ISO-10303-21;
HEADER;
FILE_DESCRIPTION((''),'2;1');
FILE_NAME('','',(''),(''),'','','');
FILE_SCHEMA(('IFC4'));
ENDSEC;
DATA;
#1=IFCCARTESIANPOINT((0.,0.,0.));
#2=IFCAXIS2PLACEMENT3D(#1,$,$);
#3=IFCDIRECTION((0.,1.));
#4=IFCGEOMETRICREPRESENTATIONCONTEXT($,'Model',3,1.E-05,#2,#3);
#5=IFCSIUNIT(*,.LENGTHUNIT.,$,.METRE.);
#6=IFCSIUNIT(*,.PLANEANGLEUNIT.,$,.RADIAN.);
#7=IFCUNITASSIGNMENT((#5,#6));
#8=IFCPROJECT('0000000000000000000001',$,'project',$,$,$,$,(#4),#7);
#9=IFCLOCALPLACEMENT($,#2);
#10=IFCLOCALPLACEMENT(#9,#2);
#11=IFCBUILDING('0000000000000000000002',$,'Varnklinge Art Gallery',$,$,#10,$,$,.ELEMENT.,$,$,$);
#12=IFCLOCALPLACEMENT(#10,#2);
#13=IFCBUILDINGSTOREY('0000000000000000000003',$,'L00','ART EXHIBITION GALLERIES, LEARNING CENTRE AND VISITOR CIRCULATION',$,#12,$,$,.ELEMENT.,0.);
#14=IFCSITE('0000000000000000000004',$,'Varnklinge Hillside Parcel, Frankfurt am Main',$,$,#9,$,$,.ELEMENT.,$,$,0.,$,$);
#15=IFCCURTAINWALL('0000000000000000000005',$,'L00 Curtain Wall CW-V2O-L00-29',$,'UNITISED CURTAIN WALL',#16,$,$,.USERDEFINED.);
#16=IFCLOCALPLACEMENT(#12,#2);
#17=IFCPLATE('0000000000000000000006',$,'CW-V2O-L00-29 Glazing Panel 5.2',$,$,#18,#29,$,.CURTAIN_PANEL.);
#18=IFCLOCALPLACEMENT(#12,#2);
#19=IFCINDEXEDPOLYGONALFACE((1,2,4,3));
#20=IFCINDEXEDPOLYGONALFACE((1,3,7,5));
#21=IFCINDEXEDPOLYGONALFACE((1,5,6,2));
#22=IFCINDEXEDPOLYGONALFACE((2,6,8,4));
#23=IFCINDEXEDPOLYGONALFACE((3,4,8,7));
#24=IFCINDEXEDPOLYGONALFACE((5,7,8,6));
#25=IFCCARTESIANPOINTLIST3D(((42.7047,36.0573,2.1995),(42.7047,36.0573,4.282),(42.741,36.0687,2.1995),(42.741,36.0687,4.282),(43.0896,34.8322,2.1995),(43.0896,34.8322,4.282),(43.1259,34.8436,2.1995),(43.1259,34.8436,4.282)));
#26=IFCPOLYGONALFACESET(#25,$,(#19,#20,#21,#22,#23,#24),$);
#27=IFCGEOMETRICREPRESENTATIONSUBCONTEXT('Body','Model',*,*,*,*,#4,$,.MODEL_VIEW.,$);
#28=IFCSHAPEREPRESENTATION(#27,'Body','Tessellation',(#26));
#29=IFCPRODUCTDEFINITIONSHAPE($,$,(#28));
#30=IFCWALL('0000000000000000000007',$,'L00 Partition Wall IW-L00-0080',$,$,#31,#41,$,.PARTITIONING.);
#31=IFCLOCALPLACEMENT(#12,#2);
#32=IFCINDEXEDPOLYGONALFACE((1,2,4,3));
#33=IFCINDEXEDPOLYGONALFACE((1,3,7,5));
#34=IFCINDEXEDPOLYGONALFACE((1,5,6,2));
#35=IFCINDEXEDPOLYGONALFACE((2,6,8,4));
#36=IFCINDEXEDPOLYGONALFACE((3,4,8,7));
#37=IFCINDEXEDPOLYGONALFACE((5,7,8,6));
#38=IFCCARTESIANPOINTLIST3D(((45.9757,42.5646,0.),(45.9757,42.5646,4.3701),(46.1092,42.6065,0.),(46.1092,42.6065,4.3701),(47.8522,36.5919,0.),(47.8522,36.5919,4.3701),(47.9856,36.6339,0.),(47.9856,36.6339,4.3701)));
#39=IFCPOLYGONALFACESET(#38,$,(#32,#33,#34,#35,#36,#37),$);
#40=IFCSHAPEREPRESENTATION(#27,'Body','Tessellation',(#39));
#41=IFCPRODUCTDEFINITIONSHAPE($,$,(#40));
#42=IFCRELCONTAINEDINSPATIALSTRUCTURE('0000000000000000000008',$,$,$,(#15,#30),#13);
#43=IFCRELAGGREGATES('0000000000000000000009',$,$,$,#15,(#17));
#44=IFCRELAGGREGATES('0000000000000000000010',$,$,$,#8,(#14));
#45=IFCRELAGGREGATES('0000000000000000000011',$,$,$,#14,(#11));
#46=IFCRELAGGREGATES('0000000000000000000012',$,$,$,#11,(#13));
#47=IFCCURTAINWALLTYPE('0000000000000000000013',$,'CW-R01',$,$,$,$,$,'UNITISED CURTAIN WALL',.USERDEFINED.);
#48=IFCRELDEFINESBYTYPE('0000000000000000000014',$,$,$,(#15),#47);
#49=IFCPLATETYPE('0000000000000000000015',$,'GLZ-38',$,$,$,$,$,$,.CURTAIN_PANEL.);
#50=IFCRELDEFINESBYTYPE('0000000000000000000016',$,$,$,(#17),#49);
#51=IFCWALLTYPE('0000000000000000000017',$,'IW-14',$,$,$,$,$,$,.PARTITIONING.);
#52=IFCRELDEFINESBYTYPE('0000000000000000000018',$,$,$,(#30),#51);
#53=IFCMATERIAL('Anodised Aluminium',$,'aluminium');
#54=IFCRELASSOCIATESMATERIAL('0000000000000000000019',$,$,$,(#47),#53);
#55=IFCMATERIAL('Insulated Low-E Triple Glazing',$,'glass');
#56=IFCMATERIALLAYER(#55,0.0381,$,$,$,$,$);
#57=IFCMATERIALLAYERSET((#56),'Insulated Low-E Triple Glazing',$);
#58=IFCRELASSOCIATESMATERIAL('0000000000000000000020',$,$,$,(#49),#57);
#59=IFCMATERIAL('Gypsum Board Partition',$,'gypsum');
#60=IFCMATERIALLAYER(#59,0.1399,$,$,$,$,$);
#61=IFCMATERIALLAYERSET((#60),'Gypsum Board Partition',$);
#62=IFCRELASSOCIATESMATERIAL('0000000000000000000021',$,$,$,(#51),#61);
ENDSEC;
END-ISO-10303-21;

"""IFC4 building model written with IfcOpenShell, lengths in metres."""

from ifc_helpers import new_model, si_unit, direction, frame, frame_2d, origin, origin_2d, place, context, subcontext, project, spatial, rectangle, extrude, material, layer, layer_set, type_object, element, aggregate, save


model = new_model("IFC4")

# Units and contexts
model_context = context("Model", 3, precision=1e-05, world=origin(), true_north=direction((0.0, 1.0)))
body_context = subcontext(model_context, "Body", "Model", "MODEL_VIEW")
ifc_project = project(units=[si_unit("LENGTHUNIT", "METRE"), si_unit("PLANEANGLEUNIT", "RADIAN")], contexts=[model_context])

# Site, building, storey
site_placement = place(None, origin())
site = spatial("IfcSite", under=ifc_project, at=site_placement, Name="Varnklinge Hillside Parcel, Frankfurt am Main", CompositionType="ELEMENT", RefElevation=0.0)
building_placement = place(site_placement, origin())
building = spatial("IfcBuilding", under=site, at=building_placement, Name="Varnklinge Art Gallery", CompositionType="ELEMENT")
storey_placement = place(building_placement, origin())
storey = spatial("IfcBuildingStorey", under=building, at=storey_placement, Name="L00", Description="ART EXHIBITION GALLERIES, LEARNING CENTRE AND VISITOR CIRCULATION", CompositionType="ELEMENT", Elevation=0.0)

# Curtain wall
ifc_material_1 = material(Name="Anodised Aluminium", Category="aluminium")
curtain_wall_type = type_object("IfcCurtainWallType", Name="CW-R01", ElementType="UNITISED CURTAIN WALL", PredefinedType="USERDEFINED", material=ifc_material_1)
curtain_wall_placement = place(storey_placement, origin())
curtain_wall = element("IfcCurtainWall", 1, at=curtain_wall_placement, inside=storey, type_object=curtain_wall_type, Name="L00 Curtain Wall CW-V2O-L00-29", ObjectType="UNITISED CURTAIN WALL", PredefinedType="USERDEFINED")

# Plate
ifc_material_2 = material(Name="Insulated Low-E Triple Glazing", Category="glass")
ifc_layer_1 = layer(ifc_material_2, 0.0381)
ifc_layer_set_1 = layer_set([ifc_layer_1], Name="Insulated Low-E Triple Glazing")
plate_type = type_object("IfcPlateType", Name="GLZ-38", PredefinedType="CURTAIN_PANEL", material=ifc_layer_set_1)
plate_1_placement = place(storey_placement, frame((42.9153, 35.4504, 2.1995), z_axis=(0.0, 0.0, 1.0), x_axis=(0.299707, -0.954031, 0.0)))
plate_1 = element("IfcPlate", 2, at=plate_1_placement, type_object=plate_type, Name="CW-V2O-L00-29 Glazing Panel 5.2", PredefinedType="CURTAIN_PANEL", context=body_context, shape_type="SweptSolid", body=[
    extrude(rectangle(XDim=1.2842, YDim=0.0381, at=origin_2d()), origin(), (0.0, 0.0, 1.0), 2.0825),
])
aggregate(curtain_wall, [plate_1])

# Wall
ifc_material_3 = material(Name="Gypsum Board Partition", Category="gypsum")
ifc_layer_2 = layer(ifc_material_3, 0.1399)
ifc_layer_set_2 = layer_set([ifc_layer_2], Name="Gypsum Board Partition")
wall_type = type_object("IfcWallType", Name="IW-14", PredefinedType="PARTITIONING", material=ifc_layer_set_2)
wall_placement = place(storey_placement, frame((47.9189, 36.6128, 0.0), z_axis=(0.0, 0.0, 1.0), x_axis=(-0.299731, 0.954024, 0.0)))
element("IfcWall", 3, at=wall_placement, inside=storey, type_object=wall_type, Name="L00 Partition Wall IW-L00-0080", PredefinedType="PARTITIONING", context=body_context, shape_type="SweptSolid", body=[
    extrude(rectangle(XDim=6.2605, YDim=0.1399, at=frame_2d((3.1304, 0.0))), origin(), (0.0, 0.0, 1.0), 4.3701),
])

save(model, "model.ifc")
